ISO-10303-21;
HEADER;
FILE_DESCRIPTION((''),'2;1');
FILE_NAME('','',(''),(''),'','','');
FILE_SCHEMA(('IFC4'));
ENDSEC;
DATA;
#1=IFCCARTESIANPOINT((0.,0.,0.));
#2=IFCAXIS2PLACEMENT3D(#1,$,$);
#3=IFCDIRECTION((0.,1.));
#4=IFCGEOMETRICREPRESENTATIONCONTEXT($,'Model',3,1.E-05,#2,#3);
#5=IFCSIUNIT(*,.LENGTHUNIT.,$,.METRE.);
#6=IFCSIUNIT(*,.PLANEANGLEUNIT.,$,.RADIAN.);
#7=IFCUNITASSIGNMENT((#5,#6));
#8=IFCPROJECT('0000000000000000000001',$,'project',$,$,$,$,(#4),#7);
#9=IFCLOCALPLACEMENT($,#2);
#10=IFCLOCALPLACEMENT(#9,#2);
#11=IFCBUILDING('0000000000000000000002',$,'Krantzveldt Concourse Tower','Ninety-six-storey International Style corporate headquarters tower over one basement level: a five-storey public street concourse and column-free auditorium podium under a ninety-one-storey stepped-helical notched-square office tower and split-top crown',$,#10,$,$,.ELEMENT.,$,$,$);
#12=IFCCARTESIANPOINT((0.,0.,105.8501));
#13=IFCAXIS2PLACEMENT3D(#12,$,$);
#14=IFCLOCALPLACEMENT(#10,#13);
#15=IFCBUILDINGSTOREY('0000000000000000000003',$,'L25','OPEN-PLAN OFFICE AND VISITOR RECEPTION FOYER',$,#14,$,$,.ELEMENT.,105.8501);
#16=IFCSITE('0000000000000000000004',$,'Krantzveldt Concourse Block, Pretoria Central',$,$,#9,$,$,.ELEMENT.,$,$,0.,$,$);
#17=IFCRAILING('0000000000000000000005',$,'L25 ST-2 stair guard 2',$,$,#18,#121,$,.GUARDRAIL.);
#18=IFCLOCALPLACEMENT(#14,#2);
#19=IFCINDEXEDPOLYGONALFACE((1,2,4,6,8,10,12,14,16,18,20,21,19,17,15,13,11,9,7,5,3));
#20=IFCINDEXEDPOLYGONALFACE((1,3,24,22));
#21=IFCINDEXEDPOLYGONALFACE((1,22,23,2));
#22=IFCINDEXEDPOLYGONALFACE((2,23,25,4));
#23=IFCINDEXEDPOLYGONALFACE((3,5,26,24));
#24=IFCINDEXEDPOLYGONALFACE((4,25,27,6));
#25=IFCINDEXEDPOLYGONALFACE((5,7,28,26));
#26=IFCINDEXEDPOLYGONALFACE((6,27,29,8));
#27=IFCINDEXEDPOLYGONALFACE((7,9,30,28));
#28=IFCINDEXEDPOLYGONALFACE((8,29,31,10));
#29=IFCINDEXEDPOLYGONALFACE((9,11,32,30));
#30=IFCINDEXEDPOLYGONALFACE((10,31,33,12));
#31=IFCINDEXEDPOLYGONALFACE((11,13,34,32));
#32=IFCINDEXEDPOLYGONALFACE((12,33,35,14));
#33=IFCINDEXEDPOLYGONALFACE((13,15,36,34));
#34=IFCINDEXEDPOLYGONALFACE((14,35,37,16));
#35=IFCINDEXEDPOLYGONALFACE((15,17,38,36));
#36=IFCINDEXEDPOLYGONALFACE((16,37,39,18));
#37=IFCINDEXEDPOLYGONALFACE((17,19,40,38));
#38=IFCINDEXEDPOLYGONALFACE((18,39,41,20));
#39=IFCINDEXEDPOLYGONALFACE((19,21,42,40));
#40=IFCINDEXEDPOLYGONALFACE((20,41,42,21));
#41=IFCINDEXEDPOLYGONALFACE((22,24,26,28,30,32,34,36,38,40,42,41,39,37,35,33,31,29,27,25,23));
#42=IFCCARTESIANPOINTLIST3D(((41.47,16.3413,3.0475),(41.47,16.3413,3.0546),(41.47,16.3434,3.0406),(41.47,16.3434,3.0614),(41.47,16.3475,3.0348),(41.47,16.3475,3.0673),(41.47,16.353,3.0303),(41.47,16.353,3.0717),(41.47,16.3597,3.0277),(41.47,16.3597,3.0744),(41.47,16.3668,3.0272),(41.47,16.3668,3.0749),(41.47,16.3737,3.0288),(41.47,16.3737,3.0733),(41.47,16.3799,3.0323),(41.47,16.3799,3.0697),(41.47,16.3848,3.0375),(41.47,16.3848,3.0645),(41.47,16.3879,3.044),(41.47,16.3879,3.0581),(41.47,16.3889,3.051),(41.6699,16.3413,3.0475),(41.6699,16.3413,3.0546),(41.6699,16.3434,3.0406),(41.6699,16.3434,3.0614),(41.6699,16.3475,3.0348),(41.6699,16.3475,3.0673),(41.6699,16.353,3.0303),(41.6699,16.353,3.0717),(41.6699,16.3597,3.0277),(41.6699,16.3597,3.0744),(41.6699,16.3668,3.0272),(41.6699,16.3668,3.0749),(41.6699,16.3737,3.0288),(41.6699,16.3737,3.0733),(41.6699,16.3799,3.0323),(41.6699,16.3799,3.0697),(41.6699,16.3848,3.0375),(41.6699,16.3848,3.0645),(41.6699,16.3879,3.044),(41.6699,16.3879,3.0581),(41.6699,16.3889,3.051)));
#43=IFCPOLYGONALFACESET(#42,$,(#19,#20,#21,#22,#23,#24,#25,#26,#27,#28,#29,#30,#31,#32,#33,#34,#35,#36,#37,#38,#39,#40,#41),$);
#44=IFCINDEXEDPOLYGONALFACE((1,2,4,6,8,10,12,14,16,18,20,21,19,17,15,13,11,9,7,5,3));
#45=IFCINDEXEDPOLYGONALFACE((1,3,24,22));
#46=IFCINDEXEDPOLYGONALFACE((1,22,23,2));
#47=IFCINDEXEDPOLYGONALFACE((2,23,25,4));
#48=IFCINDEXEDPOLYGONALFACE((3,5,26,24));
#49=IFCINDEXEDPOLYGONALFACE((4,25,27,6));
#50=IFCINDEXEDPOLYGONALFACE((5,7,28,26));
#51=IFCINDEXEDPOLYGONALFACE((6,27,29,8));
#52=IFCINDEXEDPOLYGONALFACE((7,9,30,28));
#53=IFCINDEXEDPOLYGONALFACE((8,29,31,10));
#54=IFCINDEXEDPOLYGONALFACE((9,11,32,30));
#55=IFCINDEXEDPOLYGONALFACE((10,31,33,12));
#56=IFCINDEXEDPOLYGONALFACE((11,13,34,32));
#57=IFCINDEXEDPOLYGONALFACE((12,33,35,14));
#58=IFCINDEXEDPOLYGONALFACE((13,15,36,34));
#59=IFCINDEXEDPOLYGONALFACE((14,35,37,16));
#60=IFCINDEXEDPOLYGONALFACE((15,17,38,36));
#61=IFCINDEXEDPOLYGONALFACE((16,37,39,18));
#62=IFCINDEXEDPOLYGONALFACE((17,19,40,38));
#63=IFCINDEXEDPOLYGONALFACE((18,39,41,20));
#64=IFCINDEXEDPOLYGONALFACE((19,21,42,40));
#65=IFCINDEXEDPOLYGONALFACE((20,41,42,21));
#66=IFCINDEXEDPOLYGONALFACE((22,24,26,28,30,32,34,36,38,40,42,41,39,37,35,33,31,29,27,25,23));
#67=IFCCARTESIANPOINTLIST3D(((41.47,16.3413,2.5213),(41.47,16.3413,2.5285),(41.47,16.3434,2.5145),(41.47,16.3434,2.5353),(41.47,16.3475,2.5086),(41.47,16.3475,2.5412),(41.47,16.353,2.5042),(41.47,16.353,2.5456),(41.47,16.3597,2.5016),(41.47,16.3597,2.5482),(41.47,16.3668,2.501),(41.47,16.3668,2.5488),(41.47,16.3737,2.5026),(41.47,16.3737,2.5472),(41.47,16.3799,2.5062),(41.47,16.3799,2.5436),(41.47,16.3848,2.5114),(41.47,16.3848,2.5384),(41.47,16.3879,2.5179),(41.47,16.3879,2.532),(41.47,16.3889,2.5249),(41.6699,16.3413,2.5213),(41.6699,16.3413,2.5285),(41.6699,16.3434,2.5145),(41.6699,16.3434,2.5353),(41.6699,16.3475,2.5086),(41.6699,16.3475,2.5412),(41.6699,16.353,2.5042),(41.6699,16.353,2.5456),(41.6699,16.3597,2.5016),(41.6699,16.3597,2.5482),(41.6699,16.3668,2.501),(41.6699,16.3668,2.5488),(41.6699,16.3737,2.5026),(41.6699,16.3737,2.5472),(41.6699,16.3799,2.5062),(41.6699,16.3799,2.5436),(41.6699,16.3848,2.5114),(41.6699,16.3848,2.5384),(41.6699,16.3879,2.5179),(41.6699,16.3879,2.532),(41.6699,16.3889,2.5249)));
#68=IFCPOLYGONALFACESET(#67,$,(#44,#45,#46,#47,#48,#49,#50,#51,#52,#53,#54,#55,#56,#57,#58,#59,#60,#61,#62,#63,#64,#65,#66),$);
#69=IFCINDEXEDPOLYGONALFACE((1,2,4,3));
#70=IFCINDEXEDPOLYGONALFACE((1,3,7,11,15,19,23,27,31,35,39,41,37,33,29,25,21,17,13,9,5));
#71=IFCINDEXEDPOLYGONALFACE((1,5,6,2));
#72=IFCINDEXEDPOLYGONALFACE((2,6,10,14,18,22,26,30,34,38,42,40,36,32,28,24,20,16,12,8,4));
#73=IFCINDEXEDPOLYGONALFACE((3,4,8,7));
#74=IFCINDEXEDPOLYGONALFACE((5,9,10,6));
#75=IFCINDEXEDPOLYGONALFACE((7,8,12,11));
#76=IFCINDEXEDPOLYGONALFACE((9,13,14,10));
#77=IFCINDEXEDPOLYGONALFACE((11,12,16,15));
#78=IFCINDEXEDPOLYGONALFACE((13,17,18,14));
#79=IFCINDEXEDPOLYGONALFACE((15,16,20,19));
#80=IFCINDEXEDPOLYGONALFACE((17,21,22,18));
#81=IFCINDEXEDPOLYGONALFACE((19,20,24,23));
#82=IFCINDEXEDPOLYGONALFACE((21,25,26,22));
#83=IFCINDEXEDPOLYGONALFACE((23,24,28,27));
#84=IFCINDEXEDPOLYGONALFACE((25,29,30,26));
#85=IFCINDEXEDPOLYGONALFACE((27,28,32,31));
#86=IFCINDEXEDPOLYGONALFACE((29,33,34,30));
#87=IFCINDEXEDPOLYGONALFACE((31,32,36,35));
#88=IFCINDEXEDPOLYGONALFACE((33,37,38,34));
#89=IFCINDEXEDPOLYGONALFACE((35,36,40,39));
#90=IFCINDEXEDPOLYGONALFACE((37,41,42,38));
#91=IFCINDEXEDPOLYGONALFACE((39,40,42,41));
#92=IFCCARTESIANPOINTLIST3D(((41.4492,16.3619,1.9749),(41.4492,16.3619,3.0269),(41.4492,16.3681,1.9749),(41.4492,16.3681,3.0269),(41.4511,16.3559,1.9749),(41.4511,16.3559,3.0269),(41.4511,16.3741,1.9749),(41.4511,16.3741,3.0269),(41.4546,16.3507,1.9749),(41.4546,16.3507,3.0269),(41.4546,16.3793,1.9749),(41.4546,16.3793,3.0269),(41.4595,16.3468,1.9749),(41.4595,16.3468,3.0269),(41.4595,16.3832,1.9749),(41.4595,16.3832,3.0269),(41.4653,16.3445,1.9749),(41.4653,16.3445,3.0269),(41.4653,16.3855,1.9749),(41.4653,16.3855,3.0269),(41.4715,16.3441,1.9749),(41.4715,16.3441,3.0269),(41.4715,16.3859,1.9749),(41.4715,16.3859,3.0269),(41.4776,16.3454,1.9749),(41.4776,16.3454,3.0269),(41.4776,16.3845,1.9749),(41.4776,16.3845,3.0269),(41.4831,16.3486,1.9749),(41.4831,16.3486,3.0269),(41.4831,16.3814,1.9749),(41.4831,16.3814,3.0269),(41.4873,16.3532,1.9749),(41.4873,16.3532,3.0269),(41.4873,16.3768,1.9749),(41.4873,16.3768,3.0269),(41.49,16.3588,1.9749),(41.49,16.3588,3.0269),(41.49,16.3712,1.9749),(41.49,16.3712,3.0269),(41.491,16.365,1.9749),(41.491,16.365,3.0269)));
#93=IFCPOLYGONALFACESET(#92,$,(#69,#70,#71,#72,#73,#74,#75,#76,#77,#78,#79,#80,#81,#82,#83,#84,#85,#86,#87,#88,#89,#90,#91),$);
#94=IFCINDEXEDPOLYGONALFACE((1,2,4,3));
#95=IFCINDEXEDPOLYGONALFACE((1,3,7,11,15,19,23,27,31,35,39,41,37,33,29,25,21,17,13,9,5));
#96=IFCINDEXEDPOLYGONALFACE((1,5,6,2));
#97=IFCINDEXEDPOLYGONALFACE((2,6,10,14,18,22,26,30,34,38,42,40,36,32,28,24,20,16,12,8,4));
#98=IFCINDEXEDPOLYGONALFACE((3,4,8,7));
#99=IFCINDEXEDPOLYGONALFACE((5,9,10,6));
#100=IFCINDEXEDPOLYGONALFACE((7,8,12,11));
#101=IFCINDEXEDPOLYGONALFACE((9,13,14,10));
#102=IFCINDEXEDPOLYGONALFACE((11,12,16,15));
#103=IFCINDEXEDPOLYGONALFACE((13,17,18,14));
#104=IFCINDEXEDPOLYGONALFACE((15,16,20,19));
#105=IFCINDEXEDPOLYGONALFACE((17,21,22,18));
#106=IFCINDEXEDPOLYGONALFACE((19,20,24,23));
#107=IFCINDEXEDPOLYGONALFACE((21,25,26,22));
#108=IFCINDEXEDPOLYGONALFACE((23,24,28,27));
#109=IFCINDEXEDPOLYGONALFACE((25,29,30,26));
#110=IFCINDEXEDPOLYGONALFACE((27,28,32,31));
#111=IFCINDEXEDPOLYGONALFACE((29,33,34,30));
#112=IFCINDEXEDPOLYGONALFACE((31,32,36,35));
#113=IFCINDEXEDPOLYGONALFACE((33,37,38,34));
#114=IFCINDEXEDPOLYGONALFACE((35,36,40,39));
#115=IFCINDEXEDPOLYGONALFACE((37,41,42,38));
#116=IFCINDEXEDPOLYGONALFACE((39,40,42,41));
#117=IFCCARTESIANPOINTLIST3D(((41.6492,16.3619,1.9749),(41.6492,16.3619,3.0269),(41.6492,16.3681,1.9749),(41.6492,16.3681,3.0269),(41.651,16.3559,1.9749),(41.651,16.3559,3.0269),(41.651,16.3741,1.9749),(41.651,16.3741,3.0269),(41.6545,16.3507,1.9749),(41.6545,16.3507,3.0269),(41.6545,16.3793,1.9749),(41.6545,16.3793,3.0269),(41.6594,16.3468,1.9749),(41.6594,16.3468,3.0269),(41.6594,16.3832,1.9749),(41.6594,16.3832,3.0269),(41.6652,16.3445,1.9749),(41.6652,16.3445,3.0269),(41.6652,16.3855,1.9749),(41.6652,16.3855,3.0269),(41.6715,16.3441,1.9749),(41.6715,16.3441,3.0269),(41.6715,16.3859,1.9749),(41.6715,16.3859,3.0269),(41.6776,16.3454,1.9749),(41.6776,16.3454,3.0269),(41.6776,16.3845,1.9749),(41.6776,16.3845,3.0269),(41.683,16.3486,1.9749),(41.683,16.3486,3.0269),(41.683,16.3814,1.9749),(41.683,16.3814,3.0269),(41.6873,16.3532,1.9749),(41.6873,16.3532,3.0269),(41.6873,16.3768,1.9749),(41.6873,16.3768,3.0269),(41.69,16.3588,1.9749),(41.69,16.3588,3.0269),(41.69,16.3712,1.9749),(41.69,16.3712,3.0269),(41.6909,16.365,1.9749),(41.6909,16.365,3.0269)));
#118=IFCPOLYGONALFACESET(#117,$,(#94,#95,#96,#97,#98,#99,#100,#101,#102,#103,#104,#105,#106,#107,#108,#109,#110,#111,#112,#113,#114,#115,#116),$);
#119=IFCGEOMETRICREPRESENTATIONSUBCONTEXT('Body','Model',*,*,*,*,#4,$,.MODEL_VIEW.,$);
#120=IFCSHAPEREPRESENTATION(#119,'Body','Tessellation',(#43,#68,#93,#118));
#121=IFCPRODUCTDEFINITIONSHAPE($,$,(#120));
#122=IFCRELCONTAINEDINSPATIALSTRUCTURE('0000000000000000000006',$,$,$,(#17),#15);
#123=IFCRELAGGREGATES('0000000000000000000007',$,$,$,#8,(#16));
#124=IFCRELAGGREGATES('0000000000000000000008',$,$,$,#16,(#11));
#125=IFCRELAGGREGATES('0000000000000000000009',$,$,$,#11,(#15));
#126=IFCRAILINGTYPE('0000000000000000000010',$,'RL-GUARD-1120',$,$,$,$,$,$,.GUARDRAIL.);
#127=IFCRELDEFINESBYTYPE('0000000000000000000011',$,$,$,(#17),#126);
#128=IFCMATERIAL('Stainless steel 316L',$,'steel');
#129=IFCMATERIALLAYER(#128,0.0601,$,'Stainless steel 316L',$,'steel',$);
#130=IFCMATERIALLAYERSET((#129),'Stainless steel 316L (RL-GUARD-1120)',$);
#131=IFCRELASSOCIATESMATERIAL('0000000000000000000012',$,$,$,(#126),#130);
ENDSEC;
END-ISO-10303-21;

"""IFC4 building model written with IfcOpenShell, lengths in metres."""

from ifc_helpers import new_model, si_unit, direction, frame, origin, origin_2d, place, context, subcontext, project, spatial, circle, extrude, material, layer, layer_set, type_object, element, save


model = new_model("IFC4")

# Units and contexts
model_context = context("Model", 3, precision=1e-05, world=origin(), true_north=direction((0.0, 1.0)))
body_context = subcontext(model_context, "Body", "Model", "MODEL_VIEW")
ifc_project = project(units=[si_unit("LENGTHUNIT", "METRE"), si_unit("PLANEANGLEUNIT", "RADIAN")], contexts=[model_context])

# Site, building, storey
site_placement = place(None, origin())
site = spatial("IfcSite", under=ifc_project, at=site_placement, Name="Krantzveldt Concourse Block, Pretoria Central", CompositionType="ELEMENT", RefElevation=0.0)
building_placement = place(site_placement, origin())
building = spatial("IfcBuilding", under=site, at=building_placement, Name="Krantzveldt Concourse Tower", Description="Ninety-six-storey International Style corporate headquarters tower over one basement level: a five-storey public street concourse and column-free auditorium podium under a ninety-one-storey stepped-helical notched-square office tower and split-top crown", CompositionType="ELEMENT")
storey_placement = place(building_placement, frame((0.0, 0.0, 105.8501)))
storey = spatial("IfcBuildingStorey", under=building, at=storey_placement, Name="L25", Description="OPEN-PLAN OFFICE AND VISITOR RECEPTION FOYER", CompositionType="ELEMENT", Elevation=105.8501)

# Shared definitions
ifc_material_1 = material(Name="Stainless steel 316L", Category="steel")

# Railing
ifc_layer_1 = layer(ifc_material_1, 0.0601, Name="Stainless steel 316L", Category="steel")
ifc_layer_set_1 = layer_set([ifc_layer_1], Name="Stainless steel 316L (RL-GUARD-1120)")
railing_type_1 = type_object("IfcRailingType", Name="RL-GUARD-1120", PredefinedType="GUARDRAIL", material=ifc_layer_set_1)
railing_1_placement = place(storey_placement, frame((41.47, 16.365, 1.9749)))
element("IfcRailing", 1, at=railing_1_placement, inside=storey, type_object=railing_type_1, Name="L25 ST-2 stair guard 2", PredefinedType="GUARDRAIL", context=body_context, shape_type="SweptSolid", body=[
    extrude(circle(Radius=0.0239, at=origin_2d()), frame((0.0, 0.0, 1.0762), z_axis=(1.0, 0.0, 0.0), x_axis=(0.0, 1.0, 0.0)), (0.0, 0.0, 1.0), 0.2),
    extrude(circle(Radius=0.0239, at=origin_2d()), frame((0.0, 0.0, 0.55), z_axis=(1.0, 0.0, 0.0), x_axis=(0.0, 1.0, 0.0)), (0.0, 0.0, 1.0), 0.2),
    extrude(circle(Radius=0.021, at=origin_2d()), origin(), (0.0, 0.0, 1.0), 1.052),
    extrude(circle(Radius=0.021, at=origin_2d()), frame((0.2, 0.0, 0.0)), (0.0, 0.0, 1.0), 1.052),
])

save(model, "model.ifc")
